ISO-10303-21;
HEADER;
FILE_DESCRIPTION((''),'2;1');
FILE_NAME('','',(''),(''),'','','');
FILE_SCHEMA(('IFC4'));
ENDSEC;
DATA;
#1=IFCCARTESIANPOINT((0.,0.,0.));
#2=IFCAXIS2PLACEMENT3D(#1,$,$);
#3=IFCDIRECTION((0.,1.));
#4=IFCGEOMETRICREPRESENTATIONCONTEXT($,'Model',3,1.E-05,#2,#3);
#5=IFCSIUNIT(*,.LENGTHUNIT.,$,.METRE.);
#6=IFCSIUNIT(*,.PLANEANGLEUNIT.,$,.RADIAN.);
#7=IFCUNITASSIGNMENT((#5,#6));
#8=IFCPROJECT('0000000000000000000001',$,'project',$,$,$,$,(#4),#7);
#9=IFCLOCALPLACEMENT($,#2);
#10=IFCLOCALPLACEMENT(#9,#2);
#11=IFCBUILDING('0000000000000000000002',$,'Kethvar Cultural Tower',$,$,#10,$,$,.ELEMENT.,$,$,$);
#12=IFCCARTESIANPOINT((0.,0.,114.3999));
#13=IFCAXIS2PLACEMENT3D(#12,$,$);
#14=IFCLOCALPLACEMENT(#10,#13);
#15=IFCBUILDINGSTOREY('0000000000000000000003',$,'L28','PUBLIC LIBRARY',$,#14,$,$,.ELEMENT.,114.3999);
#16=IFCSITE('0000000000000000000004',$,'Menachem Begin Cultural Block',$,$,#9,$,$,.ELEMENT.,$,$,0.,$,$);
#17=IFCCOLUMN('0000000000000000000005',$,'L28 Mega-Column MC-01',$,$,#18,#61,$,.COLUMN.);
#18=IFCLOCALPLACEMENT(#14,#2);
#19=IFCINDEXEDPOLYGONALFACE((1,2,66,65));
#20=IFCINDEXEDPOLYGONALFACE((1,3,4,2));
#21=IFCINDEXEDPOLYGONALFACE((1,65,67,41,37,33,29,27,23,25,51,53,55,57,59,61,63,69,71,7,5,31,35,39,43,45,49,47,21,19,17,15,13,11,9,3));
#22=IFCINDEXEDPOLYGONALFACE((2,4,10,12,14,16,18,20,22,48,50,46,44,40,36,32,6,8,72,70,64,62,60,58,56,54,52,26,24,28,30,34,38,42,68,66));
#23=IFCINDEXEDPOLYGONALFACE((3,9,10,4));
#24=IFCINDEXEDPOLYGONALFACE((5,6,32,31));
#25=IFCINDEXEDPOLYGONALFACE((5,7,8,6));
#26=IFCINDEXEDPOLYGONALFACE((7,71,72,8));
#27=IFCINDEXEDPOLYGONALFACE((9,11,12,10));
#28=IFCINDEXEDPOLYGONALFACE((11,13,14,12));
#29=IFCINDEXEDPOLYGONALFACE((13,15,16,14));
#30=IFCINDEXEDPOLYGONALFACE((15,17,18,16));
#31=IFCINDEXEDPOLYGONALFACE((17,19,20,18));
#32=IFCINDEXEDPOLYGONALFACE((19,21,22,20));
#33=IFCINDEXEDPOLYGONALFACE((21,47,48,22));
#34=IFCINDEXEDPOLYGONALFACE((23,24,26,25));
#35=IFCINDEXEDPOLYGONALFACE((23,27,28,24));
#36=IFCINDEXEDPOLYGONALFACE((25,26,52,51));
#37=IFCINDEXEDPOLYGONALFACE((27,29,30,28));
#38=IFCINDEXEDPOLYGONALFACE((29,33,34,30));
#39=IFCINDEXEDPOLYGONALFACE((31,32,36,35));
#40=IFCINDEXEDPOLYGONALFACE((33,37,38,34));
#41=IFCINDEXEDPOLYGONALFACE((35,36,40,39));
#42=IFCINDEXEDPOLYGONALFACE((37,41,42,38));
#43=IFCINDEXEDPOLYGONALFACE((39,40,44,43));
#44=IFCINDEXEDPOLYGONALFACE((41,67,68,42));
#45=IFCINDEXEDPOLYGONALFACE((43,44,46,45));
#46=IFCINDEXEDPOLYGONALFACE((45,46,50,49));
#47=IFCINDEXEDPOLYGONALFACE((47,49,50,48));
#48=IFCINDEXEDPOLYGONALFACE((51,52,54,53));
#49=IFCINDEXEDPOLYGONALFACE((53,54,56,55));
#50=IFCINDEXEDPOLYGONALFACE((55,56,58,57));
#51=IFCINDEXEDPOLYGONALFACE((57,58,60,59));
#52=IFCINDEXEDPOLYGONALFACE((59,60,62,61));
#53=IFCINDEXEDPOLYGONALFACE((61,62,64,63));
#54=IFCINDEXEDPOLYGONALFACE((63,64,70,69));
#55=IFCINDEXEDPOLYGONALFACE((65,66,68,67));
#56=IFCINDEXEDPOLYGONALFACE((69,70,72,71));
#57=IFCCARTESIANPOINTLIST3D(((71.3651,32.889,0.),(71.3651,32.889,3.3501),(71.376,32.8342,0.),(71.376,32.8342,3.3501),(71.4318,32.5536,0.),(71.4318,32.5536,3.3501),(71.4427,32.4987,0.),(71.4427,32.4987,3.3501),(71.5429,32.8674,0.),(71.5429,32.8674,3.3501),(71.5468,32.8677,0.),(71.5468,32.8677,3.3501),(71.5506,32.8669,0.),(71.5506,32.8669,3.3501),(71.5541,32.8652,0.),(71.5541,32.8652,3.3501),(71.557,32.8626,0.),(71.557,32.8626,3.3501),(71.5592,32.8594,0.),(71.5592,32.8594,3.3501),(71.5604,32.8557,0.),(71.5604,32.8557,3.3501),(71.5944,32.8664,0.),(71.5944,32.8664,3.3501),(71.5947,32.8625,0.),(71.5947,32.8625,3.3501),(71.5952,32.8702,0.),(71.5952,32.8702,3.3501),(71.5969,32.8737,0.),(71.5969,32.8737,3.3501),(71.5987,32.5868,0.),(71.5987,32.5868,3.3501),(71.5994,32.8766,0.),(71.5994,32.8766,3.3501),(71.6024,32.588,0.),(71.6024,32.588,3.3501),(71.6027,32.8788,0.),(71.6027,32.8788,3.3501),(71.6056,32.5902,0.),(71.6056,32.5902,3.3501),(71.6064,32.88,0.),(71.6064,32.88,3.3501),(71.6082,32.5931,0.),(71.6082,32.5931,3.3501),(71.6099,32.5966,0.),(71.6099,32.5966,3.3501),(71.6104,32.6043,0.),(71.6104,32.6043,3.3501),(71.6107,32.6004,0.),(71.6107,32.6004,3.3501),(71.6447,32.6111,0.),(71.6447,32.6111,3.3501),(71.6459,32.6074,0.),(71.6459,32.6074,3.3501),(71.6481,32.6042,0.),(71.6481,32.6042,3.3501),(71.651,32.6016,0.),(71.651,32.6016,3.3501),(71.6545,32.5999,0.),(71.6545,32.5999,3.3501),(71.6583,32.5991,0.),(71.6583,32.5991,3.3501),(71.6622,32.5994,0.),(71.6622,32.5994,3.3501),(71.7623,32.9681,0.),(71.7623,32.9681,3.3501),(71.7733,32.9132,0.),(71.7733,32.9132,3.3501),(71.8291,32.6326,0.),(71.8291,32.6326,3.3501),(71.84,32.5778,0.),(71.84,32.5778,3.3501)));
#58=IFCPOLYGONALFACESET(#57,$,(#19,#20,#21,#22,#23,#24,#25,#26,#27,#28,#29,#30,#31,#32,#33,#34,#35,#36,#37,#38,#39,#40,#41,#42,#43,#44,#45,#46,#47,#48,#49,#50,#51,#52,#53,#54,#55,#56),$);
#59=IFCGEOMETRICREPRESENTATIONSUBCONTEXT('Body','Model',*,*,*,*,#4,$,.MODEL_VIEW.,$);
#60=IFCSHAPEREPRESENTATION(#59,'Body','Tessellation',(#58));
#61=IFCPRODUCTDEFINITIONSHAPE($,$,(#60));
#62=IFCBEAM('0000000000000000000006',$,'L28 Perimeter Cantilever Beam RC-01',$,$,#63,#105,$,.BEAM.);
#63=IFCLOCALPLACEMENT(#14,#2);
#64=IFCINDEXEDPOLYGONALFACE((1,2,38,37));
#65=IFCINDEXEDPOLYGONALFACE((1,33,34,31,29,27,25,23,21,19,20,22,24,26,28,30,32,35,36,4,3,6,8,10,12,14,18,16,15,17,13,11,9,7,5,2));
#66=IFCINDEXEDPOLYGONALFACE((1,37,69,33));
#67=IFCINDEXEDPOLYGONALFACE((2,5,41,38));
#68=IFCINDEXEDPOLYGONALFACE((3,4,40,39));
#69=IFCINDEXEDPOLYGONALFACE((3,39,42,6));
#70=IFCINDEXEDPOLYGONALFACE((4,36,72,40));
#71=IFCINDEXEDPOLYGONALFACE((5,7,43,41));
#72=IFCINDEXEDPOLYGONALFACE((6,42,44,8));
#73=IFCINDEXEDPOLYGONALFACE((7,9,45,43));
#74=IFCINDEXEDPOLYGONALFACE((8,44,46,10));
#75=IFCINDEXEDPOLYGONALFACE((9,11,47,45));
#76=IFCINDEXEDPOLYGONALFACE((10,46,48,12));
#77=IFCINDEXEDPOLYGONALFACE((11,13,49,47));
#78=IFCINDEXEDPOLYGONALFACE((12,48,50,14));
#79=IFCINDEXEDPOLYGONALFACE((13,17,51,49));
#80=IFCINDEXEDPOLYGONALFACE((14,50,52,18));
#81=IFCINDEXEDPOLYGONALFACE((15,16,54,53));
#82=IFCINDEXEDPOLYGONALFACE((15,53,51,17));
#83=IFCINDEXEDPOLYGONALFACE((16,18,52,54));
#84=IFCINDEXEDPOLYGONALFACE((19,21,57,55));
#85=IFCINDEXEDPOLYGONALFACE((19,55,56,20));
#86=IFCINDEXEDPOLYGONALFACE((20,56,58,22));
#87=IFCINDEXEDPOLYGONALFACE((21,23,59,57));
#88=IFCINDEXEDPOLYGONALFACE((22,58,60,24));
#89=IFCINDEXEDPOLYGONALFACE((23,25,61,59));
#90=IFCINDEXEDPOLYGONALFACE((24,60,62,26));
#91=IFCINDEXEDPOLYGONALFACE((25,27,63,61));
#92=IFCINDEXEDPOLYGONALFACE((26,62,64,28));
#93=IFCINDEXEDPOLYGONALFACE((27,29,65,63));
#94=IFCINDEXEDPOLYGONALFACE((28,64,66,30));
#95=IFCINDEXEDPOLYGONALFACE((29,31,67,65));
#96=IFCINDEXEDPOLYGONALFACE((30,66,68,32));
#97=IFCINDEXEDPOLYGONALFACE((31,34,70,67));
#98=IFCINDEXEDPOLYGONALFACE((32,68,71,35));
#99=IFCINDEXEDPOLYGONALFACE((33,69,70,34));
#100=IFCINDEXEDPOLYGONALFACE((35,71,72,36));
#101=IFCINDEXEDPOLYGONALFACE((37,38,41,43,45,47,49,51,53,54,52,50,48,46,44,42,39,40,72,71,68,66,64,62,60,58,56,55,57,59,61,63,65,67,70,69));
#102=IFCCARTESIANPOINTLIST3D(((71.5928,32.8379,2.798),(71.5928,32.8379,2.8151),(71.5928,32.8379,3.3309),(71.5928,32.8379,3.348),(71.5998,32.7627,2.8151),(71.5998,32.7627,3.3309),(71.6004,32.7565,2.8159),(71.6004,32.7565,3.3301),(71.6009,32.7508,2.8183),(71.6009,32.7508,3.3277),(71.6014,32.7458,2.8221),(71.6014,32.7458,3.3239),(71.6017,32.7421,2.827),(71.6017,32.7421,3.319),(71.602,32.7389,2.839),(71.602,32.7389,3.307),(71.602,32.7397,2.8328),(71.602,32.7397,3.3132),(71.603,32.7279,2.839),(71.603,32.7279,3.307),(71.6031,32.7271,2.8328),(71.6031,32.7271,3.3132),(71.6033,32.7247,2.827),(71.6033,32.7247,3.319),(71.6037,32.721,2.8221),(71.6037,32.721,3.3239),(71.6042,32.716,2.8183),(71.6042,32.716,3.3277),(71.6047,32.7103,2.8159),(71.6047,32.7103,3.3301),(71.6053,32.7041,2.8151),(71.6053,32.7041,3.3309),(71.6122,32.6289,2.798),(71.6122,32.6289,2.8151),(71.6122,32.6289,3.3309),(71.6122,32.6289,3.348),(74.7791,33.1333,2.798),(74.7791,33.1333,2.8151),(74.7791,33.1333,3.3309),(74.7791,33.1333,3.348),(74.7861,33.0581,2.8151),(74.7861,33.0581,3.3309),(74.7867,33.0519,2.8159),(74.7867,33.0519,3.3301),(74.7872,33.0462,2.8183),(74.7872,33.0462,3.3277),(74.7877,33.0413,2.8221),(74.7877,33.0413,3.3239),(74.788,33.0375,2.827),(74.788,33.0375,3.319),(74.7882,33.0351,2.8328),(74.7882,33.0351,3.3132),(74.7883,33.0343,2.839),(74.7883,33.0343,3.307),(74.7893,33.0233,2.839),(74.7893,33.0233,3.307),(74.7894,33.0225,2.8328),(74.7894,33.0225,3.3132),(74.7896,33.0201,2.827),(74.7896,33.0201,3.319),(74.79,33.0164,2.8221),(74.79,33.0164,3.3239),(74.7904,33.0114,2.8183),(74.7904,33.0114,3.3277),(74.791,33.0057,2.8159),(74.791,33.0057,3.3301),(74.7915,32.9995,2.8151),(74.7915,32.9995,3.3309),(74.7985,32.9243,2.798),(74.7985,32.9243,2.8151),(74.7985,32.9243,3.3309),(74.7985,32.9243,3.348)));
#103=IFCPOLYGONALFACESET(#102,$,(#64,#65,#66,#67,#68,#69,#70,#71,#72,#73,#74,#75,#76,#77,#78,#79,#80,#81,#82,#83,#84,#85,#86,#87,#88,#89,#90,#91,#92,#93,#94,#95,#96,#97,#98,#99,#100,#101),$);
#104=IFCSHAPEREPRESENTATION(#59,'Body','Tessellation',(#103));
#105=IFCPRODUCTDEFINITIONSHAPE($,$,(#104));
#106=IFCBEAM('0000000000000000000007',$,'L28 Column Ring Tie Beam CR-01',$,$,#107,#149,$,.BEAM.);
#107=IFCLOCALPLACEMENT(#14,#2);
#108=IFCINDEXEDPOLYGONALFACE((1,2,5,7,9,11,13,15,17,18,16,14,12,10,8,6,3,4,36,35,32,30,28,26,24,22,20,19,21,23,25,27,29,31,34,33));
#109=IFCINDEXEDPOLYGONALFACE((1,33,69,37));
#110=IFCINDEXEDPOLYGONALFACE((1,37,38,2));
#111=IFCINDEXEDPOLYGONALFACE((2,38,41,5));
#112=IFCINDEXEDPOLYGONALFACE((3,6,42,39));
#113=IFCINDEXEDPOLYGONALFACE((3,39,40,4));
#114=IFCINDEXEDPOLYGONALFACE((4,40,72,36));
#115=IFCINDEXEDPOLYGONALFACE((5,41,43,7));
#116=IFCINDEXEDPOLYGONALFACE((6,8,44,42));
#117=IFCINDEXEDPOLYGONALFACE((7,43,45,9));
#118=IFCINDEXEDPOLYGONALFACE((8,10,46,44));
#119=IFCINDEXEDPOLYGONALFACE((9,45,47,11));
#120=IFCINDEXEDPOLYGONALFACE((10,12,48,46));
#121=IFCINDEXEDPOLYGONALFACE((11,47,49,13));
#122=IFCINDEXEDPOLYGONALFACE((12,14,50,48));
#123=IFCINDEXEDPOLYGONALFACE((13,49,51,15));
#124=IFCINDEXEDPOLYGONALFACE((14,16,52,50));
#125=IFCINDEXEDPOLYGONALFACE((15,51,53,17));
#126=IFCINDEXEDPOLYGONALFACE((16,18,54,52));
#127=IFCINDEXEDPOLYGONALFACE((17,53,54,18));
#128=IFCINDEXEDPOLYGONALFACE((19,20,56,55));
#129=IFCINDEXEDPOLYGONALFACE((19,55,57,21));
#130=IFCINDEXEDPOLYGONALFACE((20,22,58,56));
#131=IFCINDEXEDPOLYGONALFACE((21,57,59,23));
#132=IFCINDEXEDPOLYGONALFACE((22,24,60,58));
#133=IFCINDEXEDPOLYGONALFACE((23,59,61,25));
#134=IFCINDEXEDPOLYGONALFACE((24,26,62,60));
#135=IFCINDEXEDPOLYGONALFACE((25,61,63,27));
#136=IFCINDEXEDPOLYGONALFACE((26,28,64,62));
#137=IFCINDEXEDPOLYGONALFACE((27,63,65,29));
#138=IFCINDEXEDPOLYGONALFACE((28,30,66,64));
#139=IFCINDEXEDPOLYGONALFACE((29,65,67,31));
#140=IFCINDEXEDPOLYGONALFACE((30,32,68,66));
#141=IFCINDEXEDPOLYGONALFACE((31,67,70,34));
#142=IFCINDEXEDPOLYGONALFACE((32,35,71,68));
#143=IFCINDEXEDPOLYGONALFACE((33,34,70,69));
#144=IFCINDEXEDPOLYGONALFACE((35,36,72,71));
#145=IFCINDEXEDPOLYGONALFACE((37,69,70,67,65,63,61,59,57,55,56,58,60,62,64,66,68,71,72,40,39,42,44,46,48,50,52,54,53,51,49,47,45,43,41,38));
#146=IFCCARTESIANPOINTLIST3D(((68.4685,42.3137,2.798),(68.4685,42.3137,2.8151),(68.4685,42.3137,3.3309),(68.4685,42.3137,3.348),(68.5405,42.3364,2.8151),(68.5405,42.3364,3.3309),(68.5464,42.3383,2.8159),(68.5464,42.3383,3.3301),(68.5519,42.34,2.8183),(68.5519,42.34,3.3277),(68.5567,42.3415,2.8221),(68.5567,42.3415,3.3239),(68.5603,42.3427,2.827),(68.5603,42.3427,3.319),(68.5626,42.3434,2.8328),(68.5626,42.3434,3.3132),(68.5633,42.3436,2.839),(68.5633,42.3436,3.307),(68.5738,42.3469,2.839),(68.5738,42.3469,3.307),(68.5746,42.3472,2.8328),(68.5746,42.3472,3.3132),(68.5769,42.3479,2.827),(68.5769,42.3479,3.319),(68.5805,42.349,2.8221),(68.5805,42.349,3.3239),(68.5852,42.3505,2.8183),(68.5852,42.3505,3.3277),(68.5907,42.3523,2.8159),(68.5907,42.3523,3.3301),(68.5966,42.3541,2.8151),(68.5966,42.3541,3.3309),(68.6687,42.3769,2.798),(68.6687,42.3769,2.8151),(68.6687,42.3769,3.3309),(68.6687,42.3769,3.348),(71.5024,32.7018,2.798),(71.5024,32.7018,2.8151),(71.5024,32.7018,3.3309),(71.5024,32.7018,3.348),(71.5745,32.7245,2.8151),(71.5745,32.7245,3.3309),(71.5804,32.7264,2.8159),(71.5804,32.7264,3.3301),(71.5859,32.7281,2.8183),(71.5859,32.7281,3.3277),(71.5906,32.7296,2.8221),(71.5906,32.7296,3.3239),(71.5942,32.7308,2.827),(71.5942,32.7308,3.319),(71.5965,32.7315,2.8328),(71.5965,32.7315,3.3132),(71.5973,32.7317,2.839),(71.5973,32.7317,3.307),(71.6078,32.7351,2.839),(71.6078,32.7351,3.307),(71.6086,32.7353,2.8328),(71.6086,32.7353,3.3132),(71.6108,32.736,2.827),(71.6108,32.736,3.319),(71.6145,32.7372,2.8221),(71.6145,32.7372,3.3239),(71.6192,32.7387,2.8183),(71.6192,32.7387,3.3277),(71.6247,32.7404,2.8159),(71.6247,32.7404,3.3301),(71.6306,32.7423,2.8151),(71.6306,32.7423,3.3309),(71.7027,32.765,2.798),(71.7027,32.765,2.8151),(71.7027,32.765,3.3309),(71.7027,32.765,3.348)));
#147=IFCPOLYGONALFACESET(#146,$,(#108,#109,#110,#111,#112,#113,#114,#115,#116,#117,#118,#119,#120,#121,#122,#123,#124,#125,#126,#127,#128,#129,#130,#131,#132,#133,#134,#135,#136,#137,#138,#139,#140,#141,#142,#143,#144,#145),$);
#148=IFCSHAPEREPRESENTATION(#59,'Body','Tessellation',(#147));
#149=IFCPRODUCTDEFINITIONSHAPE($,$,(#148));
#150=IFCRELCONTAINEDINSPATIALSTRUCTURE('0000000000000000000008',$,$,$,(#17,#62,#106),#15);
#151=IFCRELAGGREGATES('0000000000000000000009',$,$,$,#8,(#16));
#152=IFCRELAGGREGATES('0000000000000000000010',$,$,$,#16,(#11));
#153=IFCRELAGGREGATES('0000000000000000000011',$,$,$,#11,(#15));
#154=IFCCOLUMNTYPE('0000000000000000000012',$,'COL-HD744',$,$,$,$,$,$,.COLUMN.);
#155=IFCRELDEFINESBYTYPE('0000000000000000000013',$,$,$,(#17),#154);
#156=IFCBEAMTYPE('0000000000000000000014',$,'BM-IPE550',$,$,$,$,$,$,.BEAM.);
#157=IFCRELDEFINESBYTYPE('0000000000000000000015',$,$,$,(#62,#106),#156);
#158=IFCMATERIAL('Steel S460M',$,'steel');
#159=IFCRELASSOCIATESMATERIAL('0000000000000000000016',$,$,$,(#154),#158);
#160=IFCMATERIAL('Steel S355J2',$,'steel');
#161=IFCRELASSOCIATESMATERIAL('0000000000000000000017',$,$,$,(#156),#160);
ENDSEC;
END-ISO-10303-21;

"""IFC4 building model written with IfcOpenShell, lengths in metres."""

from ifc_helpers import new_model, si_unit, direction, frame, origin, origin_2d, place, context, subcontext, project, spatial, i_section, extrude, source, transform, mapped, material, material_profile, profile_set, type_object, element, save


model = new_model("IFC4")

# Units and contexts
model_context = context("Model", 3, precision=1e-05, world=origin(), true_north=direction((0.0, 1.0)))
body_context = subcontext(model_context, "Body", "Model", "MODEL_VIEW")
ifc_project = project(units=[si_unit("LENGTHUNIT", "METRE"), si_unit("PLANEANGLEUNIT", "RADIAN")], contexts=[model_context])

# Site, building, storey
site_placement = place(None, origin())
site = spatial("IfcSite", under=ifc_project, at=site_placement, Name="Menachem Begin Cultural Block", CompositionType="ELEMENT", RefElevation=0.0)
building_placement = place(site_placement, origin())
building = spatial("IfcBuilding", under=site, at=building_placement, Name="Kethvar Cultural Tower", CompositionType="ELEMENT")
storey_placement = place(building_placement, frame((0.0, 0.0, 114.3999)))
storey = spatial("IfcBuildingStorey", under=building, at=storey_placement, Name="L28", Description="PUBLIC LIBRARY", CompositionType="ELEMENT", Elevation=114.3999)

# Column
ifc_material_1 = material(Name="Steel S460M", Category="steel")
ifc_material_profile_1 = material_profile(ifc_material_1, i_section(OverallWidth=0.405, OverallDepth=0.3979, WebThickness=0.0349, FlangeThickness=0.0559, FilletRadius=0.0149, at=origin_2d()), Name="Steel S460M — HD400x744")
ifc_profile_set_1 = profile_set([ifc_material_profile_1], Name="Steel S460M — HD400x744")
column_type = type_object("IfcColumnType", Name="COL-HD744", PredefinedType="COLUMN", material=ifc_profile_set_1)
shared_shape_1 = source(origin(), body_context, "Body", "SweptSolid", [
    extrude(i_section(OverallWidth=0.405, OverallDepth=0.3979, WebThickness=0.0349, FlangeThickness=0.0559, FilletRadius=0.0149, at=origin_2d()), origin(), (0.0, 0.0, 1.0), 3.3501),
])
column_placement = place(storey_placement, frame((71.6025, 32.7334, 0.0), z_axis=(0.0, 0.0, 1.0), x_axis=(0.980785, 0.19509, 0.0)))
element("IfcColumn", 1, at=column_placement, inside=storey, type_object=column_type, Name="L28 Mega-Column MC-01", PredefinedType="COLUMN", context=body_context, shape_type="MappedRepresentation", body=[
    mapped(shared_shape_1, transform((0.0, 0.0, 0.0), scale=1.0)),
])

# Beams
ifc_material_2 = material(Name="Steel S355J2", Category="steel")
ifc_material_profile_2 = material_profile(ifc_material_2, i_section(OverallWidth=0.21, OverallDepth=0.55, WebThickness=0.011, FlangeThickness=0.0171, FilletRadius=0.0239, at=origin_2d()), Name="Steel S355J2 — IPE550")
ifc_profile_set_2 = profile_set([ifc_material_profile_2], Name="Steel S355J2 — IPE550")
beam_type_1 = type_object("IfcBeamType", Name="BM-IPE550", PredefinedType="BEAM", material=ifc_profile_set_2)
shared_shape_2 = source(origin(), body_context, "Body", "SweptSolid", [
    extrude(i_section(OverallWidth=0.21, OverallDepth=0.55, WebThickness=0.011, FlangeThickness=0.0171, FilletRadius=0.0239, at=origin_2d()), origin(), (0.0, 0.0, 1.0), 3.2),
])
beam_1_placement = place(storey_placement, frame((71.6025, 32.7334, 3.073), z_axis=(0.99573, 0.092317, 0.0), x_axis=(-0.092317, 0.99573, 0.0)))
element("IfcBeam", 2, at=beam_1_placement, inside=storey, type_object=beam_type_1, Name="L28 Perimeter Cantilever Beam RC-01", PredefinedType="BEAM", context=body_context, shape_type="MappedRepresentation", body=[
    mapped(shared_shape_2, transform((0.0, 0.0, 0.0), scale=1.0)),
])
shared_shape_3 = source(origin(), body_context, "Body", "SweptSolid", [
    extrude(i_section(OverallWidth=0.21, OverallDepth=0.55, WebThickness=0.011, FlangeThickness=0.0171, FilletRadius=0.0239, at=origin_2d()), origin(), (0.0, 0.0, 1.0), 10.0793),
])
beam_2_placement = place(storey_placement, frame((71.6025, 32.7334, 3.073), z_axis=(-0.301007, 0.953622, 0.0), x_axis=(-0.953622, -0.301007, 0.0)))
element("IfcBeam", 3, at=beam_2_placement, inside=storey, type_object=beam_type_1, Name="L28 Column Ring Tie Beam CR-01", PredefinedType="BEAM", context=body_context, shape_type="MappedRepresentation", body=[
    mapped(shared_shape_3, transform((0.0, 0.0, 0.0), scale=1.0)),
])

save(model, "model.ifc")
